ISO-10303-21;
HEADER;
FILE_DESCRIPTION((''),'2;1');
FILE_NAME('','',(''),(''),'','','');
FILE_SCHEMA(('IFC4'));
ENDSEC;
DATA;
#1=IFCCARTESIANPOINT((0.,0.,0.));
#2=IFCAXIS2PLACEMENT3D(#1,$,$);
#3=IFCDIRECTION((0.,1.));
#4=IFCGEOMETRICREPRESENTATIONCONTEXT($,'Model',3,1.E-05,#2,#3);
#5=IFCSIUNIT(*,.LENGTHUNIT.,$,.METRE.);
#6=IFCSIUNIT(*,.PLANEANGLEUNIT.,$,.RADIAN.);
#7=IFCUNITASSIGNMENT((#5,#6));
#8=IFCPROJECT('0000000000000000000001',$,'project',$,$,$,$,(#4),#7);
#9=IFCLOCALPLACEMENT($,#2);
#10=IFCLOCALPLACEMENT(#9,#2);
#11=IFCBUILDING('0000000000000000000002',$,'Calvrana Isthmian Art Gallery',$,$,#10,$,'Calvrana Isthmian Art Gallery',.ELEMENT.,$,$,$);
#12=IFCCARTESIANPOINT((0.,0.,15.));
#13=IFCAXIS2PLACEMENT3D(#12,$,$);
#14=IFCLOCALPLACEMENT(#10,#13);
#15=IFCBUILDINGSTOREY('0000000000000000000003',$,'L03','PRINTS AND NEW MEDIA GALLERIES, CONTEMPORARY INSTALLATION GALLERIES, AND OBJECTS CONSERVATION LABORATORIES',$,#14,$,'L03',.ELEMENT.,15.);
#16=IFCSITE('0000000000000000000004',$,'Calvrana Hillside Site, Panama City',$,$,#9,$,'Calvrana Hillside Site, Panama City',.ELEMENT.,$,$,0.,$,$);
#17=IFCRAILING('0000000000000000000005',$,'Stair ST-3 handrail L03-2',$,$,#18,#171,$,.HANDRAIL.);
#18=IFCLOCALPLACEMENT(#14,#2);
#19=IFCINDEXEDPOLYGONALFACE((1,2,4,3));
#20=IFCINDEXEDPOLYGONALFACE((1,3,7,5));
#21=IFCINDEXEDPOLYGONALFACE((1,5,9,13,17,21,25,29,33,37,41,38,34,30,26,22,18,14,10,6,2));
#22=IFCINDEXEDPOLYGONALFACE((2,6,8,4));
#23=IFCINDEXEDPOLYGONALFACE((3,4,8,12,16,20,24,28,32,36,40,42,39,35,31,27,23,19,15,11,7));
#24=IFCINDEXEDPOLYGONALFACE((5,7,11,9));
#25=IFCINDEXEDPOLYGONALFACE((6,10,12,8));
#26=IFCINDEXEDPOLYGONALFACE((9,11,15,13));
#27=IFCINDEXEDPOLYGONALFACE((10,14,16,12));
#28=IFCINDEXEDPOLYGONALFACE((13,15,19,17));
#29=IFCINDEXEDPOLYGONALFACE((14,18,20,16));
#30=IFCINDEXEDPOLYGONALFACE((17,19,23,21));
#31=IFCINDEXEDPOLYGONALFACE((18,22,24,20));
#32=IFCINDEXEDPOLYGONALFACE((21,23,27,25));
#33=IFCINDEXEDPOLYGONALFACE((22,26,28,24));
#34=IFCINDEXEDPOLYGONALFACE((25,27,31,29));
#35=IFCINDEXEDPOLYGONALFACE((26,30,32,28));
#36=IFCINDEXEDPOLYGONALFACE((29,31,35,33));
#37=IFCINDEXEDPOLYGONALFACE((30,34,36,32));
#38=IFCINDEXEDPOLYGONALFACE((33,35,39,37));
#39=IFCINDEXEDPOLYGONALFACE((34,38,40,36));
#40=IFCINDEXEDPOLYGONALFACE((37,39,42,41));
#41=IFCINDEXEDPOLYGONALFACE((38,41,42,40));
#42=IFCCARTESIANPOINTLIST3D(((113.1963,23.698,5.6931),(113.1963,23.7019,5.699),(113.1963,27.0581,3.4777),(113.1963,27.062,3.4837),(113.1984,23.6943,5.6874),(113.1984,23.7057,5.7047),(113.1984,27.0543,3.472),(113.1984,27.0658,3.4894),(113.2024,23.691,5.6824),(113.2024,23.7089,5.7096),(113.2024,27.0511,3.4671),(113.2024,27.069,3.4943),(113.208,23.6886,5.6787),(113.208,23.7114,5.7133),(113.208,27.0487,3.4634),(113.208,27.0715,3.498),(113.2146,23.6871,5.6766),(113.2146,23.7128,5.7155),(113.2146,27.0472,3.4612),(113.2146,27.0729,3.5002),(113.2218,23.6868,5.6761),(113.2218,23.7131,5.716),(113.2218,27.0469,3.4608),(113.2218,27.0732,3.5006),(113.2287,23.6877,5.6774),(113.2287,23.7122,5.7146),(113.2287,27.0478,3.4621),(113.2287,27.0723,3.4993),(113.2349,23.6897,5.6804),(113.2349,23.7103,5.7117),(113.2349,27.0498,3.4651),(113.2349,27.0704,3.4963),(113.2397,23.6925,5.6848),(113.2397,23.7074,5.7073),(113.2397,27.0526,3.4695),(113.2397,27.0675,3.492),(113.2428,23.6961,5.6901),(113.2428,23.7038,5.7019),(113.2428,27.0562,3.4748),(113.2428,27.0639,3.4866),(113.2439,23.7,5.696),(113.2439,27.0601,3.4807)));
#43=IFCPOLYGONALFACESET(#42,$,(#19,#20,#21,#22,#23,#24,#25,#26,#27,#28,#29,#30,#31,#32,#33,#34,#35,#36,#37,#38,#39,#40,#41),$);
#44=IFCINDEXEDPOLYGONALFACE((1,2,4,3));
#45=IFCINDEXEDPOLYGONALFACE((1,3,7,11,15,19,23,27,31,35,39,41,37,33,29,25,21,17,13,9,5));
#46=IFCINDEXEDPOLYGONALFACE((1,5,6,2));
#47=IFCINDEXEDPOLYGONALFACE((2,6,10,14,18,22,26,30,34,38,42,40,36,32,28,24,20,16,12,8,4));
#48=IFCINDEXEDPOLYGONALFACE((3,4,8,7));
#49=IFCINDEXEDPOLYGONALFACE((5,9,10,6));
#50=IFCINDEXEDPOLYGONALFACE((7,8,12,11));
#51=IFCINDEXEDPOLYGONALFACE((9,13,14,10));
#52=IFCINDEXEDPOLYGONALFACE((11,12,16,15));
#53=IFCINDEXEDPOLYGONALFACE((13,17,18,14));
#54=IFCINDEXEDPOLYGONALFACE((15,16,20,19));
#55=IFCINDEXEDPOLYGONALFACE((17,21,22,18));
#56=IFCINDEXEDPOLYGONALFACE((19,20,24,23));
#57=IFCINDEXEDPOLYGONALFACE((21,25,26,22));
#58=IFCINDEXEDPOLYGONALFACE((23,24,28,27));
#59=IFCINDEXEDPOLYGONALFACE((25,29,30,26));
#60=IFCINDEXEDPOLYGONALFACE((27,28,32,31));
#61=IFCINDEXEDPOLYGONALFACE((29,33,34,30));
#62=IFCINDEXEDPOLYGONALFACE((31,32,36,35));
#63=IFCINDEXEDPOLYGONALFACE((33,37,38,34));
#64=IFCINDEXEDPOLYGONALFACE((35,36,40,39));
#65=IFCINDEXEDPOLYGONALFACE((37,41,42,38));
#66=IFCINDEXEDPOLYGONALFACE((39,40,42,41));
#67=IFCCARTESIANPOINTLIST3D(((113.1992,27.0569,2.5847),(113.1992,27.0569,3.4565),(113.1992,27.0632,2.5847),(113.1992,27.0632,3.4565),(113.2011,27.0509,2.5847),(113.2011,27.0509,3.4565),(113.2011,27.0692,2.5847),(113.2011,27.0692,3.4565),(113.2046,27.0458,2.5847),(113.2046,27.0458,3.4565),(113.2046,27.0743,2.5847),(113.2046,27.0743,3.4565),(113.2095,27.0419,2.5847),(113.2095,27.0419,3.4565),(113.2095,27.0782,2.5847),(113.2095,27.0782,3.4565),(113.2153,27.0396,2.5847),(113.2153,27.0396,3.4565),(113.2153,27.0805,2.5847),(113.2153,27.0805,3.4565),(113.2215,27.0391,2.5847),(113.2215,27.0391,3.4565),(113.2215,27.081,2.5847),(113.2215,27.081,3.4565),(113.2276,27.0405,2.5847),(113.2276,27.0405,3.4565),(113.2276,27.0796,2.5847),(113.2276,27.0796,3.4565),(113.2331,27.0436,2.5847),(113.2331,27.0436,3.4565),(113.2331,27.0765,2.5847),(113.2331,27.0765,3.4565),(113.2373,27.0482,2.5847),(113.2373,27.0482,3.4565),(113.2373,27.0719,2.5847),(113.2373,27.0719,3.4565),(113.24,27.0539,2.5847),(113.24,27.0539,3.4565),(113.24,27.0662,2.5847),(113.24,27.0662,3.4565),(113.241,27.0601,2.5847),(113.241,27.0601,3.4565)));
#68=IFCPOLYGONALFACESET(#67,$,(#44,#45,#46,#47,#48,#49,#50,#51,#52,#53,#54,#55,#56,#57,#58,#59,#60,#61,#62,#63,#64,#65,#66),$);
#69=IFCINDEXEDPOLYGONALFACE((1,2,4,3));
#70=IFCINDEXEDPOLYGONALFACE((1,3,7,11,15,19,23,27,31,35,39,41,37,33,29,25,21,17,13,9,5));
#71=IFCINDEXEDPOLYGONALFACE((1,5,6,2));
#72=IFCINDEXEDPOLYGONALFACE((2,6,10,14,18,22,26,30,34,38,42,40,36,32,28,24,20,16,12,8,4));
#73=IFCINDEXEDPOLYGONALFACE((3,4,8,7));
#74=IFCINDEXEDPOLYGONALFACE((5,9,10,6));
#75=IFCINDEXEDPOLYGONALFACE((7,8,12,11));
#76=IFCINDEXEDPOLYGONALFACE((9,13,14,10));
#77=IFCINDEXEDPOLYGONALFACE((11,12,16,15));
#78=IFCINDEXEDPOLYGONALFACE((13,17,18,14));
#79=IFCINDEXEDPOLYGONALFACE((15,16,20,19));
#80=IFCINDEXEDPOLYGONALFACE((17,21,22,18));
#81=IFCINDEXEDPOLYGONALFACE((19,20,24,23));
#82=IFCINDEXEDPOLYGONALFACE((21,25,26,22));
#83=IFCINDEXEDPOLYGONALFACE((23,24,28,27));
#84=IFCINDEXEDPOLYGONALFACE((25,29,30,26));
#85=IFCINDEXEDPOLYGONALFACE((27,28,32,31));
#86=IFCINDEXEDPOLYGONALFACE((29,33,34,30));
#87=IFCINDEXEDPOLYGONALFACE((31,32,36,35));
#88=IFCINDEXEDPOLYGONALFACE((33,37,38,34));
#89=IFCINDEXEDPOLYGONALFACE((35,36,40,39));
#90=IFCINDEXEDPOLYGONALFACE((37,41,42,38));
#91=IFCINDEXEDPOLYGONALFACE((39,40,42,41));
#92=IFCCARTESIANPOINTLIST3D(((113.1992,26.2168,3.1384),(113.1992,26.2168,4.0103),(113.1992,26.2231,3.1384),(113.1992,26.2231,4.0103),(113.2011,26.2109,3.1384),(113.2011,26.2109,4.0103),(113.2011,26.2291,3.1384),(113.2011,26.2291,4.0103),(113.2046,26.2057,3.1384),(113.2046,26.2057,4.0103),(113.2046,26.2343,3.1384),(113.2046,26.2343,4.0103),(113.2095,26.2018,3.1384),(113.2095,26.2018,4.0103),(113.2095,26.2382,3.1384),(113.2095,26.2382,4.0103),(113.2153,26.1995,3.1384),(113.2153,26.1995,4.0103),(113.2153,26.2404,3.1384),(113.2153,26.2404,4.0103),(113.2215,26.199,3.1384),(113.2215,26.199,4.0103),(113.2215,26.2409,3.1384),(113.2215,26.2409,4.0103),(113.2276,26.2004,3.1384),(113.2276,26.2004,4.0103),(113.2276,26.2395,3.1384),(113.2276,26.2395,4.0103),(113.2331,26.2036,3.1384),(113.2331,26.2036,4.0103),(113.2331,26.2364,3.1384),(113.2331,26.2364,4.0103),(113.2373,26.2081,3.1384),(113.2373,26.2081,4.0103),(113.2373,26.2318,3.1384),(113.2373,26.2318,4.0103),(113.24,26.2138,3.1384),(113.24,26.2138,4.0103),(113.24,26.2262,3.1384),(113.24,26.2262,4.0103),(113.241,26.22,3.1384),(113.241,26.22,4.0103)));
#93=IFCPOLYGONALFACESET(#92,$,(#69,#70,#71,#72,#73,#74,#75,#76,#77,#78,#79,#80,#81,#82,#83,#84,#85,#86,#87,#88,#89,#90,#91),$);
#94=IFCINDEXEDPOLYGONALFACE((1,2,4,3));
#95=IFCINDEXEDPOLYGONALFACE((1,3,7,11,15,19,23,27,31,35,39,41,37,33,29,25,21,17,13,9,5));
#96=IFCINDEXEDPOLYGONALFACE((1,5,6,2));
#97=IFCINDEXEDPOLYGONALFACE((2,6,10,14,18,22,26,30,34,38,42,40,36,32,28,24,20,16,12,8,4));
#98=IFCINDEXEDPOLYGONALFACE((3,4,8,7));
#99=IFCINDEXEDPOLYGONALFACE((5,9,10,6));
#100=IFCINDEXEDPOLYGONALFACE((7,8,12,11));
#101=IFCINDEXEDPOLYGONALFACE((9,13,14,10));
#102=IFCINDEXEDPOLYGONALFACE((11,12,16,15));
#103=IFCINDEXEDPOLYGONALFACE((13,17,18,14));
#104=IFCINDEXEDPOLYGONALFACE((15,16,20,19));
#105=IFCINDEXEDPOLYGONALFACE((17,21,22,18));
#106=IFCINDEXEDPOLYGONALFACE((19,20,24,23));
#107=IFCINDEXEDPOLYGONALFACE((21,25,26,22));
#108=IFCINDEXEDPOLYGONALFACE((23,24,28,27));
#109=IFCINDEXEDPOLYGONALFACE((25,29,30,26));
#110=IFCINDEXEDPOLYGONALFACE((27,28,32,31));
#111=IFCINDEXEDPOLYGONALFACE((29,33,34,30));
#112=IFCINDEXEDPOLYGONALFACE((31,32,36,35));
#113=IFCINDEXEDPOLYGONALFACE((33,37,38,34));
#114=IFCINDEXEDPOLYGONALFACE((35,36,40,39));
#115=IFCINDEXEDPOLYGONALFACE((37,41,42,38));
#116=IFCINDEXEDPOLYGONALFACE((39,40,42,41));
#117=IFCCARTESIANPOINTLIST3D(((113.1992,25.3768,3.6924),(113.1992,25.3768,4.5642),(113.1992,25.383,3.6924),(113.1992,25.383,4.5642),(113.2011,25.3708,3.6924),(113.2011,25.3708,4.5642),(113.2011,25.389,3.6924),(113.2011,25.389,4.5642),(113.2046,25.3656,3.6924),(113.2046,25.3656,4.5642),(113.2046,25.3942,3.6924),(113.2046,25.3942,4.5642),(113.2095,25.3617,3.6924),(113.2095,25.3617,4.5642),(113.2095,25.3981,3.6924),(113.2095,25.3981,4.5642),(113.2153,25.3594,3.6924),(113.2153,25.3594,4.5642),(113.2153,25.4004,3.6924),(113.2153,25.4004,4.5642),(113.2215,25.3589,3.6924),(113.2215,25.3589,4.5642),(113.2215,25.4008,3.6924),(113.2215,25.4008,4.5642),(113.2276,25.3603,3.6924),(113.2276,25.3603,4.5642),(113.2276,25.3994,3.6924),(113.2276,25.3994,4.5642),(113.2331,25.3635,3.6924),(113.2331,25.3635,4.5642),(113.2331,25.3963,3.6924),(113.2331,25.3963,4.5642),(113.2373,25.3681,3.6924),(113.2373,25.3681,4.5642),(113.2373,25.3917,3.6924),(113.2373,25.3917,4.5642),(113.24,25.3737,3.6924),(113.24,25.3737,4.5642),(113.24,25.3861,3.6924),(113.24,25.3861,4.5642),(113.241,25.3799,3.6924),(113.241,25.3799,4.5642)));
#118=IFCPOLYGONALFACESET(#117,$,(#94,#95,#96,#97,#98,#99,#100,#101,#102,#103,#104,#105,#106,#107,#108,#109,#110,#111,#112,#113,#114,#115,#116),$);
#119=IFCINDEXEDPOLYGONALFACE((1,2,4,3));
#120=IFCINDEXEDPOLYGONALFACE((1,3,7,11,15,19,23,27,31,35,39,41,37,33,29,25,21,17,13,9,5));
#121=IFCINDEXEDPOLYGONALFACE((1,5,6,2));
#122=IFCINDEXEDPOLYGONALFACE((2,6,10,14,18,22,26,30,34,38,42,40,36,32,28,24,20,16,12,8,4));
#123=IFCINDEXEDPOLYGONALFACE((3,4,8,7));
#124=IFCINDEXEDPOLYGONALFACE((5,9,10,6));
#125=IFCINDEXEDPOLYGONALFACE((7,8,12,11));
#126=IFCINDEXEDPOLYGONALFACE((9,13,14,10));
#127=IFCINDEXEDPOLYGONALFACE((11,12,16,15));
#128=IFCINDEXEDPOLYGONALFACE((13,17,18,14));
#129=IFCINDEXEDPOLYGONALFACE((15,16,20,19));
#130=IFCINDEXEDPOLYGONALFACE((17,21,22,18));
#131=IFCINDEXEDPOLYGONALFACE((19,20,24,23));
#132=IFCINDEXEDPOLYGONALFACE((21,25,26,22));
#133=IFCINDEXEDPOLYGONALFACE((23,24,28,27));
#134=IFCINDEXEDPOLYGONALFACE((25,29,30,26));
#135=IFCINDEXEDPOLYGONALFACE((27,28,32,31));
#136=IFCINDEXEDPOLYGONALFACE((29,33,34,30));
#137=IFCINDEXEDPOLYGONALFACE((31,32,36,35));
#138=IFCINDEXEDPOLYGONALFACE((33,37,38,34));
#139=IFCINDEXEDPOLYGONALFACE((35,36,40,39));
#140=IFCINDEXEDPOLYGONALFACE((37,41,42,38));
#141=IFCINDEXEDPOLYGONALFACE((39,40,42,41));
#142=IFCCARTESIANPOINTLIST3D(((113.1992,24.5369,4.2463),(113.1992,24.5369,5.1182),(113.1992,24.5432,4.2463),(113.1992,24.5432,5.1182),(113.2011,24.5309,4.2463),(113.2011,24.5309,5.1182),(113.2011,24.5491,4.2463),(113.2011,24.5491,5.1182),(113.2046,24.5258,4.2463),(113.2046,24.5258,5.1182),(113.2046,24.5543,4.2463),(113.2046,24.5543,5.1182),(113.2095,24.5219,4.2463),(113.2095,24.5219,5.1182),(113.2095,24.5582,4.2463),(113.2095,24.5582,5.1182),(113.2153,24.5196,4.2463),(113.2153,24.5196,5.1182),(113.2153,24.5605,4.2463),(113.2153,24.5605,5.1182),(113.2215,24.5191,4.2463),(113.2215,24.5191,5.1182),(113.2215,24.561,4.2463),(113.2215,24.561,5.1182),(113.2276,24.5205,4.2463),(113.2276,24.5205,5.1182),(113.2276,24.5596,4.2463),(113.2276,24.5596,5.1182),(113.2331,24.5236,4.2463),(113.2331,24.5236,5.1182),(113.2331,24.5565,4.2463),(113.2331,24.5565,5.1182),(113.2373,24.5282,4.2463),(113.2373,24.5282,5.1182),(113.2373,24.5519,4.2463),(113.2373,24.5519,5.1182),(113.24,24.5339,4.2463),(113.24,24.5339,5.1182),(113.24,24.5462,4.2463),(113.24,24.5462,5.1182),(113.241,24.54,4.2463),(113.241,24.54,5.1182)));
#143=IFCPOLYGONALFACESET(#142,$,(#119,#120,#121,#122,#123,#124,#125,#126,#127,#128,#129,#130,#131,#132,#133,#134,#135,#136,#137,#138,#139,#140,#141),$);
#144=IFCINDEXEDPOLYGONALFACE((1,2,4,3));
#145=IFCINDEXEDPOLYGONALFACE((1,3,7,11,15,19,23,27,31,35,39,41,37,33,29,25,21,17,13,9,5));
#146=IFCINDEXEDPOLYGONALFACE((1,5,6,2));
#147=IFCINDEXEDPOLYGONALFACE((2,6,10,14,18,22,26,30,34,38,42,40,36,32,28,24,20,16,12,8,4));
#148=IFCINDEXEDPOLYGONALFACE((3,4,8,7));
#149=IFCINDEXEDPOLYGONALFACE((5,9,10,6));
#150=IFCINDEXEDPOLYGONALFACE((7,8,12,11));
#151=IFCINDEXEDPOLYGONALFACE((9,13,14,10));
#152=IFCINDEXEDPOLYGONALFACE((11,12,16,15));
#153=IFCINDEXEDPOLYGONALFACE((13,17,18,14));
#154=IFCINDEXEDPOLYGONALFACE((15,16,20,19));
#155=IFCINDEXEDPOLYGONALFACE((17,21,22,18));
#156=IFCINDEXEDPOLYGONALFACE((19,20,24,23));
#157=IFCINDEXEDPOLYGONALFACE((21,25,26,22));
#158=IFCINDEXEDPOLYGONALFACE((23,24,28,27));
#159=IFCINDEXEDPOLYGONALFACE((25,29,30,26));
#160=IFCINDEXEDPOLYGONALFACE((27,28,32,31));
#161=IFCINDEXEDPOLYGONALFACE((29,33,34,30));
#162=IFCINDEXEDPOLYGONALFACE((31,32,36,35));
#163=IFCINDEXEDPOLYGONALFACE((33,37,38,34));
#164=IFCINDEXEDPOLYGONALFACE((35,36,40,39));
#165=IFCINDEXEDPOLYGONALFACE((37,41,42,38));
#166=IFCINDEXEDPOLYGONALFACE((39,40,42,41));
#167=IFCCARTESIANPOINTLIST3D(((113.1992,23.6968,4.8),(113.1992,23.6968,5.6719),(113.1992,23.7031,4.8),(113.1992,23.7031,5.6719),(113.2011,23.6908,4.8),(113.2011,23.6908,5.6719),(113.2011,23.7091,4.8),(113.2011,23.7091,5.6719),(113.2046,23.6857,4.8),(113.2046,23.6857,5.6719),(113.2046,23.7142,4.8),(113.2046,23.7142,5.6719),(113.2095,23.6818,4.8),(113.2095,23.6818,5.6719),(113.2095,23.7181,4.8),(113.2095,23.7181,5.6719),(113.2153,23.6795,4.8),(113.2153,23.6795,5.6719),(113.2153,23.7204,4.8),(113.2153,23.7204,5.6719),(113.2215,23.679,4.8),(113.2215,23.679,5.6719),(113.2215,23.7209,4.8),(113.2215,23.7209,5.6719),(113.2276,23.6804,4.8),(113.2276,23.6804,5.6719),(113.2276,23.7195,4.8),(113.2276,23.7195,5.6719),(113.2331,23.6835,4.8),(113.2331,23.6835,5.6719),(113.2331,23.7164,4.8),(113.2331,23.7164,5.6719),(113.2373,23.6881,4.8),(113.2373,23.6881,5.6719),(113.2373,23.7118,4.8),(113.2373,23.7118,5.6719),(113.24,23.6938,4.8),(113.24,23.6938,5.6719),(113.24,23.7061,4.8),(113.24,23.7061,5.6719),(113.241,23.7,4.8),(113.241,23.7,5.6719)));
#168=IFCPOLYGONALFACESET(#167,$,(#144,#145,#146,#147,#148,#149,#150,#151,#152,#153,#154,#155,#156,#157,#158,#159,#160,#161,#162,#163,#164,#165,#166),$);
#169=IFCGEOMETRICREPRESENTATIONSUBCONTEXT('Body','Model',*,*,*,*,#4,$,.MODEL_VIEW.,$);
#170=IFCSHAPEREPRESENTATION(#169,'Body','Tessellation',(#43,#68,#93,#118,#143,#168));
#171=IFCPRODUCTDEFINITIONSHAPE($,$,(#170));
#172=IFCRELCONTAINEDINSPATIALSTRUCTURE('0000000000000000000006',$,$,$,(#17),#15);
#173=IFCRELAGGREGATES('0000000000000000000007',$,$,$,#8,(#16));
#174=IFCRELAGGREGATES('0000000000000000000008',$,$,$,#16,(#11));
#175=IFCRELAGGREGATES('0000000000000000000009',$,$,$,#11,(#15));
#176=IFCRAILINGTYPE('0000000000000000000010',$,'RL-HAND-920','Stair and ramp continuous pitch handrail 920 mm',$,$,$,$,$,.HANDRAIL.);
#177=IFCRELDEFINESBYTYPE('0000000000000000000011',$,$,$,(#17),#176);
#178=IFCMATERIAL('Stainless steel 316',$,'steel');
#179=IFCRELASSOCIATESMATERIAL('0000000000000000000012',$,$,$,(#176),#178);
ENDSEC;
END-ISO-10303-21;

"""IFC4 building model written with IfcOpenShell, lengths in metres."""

from ifc_helpers import new_model, si_unit, direction, frame, origin, origin_2d, place, context, subcontext, project, spatial, circle, extrude, material, type_object, element, save


model = new_model("IFC4")

# Units and contexts
model_context = context("Model", 3, precision=1e-05, world=origin(), true_north=direction((0.0, 1.0)))
body_context = subcontext(model_context, "Body", "Model", "MODEL_VIEW")
ifc_project = project(units=[si_unit("LENGTHUNIT", "METRE"), si_unit("PLANEANGLEUNIT", "RADIAN")], contexts=[model_context])

# Site, building, storey
site_placement = place(None, origin())
site = spatial("IfcSite", under=ifc_project, at=site_placement, Name="Calvrana Hillside Site, Panama City", LongName="Calvrana Hillside Site, Panama City", CompositionType="ELEMENT", RefElevation=0.0)
building_placement = place(site_placement, origin())
building = spatial("IfcBuilding", under=site, at=building_placement, Name="Calvrana Isthmian Art Gallery", LongName="Calvrana Isthmian Art Gallery", CompositionType="ELEMENT")
storey_placement = place(building_placement, frame((0.0, 0.0, 15.0)))
storey = spatial("IfcBuildingStorey", under=building, at=storey_placement, Name="L03", Description="PRINTS AND NEW MEDIA GALLERIES, CONTEMPORARY INSTALLATION GALLERIES, AND OBJECTS CONSERVATION LABORATORIES", LongName="L03", CompositionType="ELEMENT", Elevation=15.0)

# Railing
ifc_material_1 = material(Name="Stainless steel 316", Category="steel")
railing_type = type_object("IfcRailingType", Name="RL-HAND-920", Description="Stair and ramp continuous pitch handrail 920 mm", PredefinedType="HANDRAIL", material=ifc_material_1)
railing_placement = place(storey_placement, frame((113.22, 27.0601, 2.5847)))
element("IfcRailing", 1, at=railing_placement, inside=storey, type_object=railing_type, Name="Stair ST-3 handrail L03-2", PredefinedType="HANDRAIL", context=body_context, shape_type="SweptSolid", body=[
    extrude(circle(Radius=0.0239, at=origin_2d()), frame((0.0, 0.0, 0.896), z_axis=(0.0, -0.834876, 0.550437), x_axis=(1.0, 0.0, 0.0)), (0.0, 0.0, 1.0), 4.0247),
    extrude(circle(Radius=0.021, at=origin_2d()), origin(), (0.0, 0.0, 1.0), 0.8718),
    extrude(circle(Radius=0.021, at=origin_2d()), frame((0.0, -0.8401, 0.5537)), (0.0, 0.0, 1.0), 0.8718),
    extrude(circle(Radius=0.021, at=origin_2d()), frame((0.0, -1.6802, 1.1077)), (0.0, 0.0, 1.0), 0.8718),
    extrude(circle(Radius=0.021, at=origin_2d()), frame((0.0, -2.52, 1.6616)), (0.0, 0.0, 1.0), 0.8718),
    extrude(circle(Radius=0.021, at=origin_2d()), frame((0.0, -3.3601, 2.2153)), (0.0, 0.0, 1.0), 0.8718),
])

save(model, "model.ifc")
